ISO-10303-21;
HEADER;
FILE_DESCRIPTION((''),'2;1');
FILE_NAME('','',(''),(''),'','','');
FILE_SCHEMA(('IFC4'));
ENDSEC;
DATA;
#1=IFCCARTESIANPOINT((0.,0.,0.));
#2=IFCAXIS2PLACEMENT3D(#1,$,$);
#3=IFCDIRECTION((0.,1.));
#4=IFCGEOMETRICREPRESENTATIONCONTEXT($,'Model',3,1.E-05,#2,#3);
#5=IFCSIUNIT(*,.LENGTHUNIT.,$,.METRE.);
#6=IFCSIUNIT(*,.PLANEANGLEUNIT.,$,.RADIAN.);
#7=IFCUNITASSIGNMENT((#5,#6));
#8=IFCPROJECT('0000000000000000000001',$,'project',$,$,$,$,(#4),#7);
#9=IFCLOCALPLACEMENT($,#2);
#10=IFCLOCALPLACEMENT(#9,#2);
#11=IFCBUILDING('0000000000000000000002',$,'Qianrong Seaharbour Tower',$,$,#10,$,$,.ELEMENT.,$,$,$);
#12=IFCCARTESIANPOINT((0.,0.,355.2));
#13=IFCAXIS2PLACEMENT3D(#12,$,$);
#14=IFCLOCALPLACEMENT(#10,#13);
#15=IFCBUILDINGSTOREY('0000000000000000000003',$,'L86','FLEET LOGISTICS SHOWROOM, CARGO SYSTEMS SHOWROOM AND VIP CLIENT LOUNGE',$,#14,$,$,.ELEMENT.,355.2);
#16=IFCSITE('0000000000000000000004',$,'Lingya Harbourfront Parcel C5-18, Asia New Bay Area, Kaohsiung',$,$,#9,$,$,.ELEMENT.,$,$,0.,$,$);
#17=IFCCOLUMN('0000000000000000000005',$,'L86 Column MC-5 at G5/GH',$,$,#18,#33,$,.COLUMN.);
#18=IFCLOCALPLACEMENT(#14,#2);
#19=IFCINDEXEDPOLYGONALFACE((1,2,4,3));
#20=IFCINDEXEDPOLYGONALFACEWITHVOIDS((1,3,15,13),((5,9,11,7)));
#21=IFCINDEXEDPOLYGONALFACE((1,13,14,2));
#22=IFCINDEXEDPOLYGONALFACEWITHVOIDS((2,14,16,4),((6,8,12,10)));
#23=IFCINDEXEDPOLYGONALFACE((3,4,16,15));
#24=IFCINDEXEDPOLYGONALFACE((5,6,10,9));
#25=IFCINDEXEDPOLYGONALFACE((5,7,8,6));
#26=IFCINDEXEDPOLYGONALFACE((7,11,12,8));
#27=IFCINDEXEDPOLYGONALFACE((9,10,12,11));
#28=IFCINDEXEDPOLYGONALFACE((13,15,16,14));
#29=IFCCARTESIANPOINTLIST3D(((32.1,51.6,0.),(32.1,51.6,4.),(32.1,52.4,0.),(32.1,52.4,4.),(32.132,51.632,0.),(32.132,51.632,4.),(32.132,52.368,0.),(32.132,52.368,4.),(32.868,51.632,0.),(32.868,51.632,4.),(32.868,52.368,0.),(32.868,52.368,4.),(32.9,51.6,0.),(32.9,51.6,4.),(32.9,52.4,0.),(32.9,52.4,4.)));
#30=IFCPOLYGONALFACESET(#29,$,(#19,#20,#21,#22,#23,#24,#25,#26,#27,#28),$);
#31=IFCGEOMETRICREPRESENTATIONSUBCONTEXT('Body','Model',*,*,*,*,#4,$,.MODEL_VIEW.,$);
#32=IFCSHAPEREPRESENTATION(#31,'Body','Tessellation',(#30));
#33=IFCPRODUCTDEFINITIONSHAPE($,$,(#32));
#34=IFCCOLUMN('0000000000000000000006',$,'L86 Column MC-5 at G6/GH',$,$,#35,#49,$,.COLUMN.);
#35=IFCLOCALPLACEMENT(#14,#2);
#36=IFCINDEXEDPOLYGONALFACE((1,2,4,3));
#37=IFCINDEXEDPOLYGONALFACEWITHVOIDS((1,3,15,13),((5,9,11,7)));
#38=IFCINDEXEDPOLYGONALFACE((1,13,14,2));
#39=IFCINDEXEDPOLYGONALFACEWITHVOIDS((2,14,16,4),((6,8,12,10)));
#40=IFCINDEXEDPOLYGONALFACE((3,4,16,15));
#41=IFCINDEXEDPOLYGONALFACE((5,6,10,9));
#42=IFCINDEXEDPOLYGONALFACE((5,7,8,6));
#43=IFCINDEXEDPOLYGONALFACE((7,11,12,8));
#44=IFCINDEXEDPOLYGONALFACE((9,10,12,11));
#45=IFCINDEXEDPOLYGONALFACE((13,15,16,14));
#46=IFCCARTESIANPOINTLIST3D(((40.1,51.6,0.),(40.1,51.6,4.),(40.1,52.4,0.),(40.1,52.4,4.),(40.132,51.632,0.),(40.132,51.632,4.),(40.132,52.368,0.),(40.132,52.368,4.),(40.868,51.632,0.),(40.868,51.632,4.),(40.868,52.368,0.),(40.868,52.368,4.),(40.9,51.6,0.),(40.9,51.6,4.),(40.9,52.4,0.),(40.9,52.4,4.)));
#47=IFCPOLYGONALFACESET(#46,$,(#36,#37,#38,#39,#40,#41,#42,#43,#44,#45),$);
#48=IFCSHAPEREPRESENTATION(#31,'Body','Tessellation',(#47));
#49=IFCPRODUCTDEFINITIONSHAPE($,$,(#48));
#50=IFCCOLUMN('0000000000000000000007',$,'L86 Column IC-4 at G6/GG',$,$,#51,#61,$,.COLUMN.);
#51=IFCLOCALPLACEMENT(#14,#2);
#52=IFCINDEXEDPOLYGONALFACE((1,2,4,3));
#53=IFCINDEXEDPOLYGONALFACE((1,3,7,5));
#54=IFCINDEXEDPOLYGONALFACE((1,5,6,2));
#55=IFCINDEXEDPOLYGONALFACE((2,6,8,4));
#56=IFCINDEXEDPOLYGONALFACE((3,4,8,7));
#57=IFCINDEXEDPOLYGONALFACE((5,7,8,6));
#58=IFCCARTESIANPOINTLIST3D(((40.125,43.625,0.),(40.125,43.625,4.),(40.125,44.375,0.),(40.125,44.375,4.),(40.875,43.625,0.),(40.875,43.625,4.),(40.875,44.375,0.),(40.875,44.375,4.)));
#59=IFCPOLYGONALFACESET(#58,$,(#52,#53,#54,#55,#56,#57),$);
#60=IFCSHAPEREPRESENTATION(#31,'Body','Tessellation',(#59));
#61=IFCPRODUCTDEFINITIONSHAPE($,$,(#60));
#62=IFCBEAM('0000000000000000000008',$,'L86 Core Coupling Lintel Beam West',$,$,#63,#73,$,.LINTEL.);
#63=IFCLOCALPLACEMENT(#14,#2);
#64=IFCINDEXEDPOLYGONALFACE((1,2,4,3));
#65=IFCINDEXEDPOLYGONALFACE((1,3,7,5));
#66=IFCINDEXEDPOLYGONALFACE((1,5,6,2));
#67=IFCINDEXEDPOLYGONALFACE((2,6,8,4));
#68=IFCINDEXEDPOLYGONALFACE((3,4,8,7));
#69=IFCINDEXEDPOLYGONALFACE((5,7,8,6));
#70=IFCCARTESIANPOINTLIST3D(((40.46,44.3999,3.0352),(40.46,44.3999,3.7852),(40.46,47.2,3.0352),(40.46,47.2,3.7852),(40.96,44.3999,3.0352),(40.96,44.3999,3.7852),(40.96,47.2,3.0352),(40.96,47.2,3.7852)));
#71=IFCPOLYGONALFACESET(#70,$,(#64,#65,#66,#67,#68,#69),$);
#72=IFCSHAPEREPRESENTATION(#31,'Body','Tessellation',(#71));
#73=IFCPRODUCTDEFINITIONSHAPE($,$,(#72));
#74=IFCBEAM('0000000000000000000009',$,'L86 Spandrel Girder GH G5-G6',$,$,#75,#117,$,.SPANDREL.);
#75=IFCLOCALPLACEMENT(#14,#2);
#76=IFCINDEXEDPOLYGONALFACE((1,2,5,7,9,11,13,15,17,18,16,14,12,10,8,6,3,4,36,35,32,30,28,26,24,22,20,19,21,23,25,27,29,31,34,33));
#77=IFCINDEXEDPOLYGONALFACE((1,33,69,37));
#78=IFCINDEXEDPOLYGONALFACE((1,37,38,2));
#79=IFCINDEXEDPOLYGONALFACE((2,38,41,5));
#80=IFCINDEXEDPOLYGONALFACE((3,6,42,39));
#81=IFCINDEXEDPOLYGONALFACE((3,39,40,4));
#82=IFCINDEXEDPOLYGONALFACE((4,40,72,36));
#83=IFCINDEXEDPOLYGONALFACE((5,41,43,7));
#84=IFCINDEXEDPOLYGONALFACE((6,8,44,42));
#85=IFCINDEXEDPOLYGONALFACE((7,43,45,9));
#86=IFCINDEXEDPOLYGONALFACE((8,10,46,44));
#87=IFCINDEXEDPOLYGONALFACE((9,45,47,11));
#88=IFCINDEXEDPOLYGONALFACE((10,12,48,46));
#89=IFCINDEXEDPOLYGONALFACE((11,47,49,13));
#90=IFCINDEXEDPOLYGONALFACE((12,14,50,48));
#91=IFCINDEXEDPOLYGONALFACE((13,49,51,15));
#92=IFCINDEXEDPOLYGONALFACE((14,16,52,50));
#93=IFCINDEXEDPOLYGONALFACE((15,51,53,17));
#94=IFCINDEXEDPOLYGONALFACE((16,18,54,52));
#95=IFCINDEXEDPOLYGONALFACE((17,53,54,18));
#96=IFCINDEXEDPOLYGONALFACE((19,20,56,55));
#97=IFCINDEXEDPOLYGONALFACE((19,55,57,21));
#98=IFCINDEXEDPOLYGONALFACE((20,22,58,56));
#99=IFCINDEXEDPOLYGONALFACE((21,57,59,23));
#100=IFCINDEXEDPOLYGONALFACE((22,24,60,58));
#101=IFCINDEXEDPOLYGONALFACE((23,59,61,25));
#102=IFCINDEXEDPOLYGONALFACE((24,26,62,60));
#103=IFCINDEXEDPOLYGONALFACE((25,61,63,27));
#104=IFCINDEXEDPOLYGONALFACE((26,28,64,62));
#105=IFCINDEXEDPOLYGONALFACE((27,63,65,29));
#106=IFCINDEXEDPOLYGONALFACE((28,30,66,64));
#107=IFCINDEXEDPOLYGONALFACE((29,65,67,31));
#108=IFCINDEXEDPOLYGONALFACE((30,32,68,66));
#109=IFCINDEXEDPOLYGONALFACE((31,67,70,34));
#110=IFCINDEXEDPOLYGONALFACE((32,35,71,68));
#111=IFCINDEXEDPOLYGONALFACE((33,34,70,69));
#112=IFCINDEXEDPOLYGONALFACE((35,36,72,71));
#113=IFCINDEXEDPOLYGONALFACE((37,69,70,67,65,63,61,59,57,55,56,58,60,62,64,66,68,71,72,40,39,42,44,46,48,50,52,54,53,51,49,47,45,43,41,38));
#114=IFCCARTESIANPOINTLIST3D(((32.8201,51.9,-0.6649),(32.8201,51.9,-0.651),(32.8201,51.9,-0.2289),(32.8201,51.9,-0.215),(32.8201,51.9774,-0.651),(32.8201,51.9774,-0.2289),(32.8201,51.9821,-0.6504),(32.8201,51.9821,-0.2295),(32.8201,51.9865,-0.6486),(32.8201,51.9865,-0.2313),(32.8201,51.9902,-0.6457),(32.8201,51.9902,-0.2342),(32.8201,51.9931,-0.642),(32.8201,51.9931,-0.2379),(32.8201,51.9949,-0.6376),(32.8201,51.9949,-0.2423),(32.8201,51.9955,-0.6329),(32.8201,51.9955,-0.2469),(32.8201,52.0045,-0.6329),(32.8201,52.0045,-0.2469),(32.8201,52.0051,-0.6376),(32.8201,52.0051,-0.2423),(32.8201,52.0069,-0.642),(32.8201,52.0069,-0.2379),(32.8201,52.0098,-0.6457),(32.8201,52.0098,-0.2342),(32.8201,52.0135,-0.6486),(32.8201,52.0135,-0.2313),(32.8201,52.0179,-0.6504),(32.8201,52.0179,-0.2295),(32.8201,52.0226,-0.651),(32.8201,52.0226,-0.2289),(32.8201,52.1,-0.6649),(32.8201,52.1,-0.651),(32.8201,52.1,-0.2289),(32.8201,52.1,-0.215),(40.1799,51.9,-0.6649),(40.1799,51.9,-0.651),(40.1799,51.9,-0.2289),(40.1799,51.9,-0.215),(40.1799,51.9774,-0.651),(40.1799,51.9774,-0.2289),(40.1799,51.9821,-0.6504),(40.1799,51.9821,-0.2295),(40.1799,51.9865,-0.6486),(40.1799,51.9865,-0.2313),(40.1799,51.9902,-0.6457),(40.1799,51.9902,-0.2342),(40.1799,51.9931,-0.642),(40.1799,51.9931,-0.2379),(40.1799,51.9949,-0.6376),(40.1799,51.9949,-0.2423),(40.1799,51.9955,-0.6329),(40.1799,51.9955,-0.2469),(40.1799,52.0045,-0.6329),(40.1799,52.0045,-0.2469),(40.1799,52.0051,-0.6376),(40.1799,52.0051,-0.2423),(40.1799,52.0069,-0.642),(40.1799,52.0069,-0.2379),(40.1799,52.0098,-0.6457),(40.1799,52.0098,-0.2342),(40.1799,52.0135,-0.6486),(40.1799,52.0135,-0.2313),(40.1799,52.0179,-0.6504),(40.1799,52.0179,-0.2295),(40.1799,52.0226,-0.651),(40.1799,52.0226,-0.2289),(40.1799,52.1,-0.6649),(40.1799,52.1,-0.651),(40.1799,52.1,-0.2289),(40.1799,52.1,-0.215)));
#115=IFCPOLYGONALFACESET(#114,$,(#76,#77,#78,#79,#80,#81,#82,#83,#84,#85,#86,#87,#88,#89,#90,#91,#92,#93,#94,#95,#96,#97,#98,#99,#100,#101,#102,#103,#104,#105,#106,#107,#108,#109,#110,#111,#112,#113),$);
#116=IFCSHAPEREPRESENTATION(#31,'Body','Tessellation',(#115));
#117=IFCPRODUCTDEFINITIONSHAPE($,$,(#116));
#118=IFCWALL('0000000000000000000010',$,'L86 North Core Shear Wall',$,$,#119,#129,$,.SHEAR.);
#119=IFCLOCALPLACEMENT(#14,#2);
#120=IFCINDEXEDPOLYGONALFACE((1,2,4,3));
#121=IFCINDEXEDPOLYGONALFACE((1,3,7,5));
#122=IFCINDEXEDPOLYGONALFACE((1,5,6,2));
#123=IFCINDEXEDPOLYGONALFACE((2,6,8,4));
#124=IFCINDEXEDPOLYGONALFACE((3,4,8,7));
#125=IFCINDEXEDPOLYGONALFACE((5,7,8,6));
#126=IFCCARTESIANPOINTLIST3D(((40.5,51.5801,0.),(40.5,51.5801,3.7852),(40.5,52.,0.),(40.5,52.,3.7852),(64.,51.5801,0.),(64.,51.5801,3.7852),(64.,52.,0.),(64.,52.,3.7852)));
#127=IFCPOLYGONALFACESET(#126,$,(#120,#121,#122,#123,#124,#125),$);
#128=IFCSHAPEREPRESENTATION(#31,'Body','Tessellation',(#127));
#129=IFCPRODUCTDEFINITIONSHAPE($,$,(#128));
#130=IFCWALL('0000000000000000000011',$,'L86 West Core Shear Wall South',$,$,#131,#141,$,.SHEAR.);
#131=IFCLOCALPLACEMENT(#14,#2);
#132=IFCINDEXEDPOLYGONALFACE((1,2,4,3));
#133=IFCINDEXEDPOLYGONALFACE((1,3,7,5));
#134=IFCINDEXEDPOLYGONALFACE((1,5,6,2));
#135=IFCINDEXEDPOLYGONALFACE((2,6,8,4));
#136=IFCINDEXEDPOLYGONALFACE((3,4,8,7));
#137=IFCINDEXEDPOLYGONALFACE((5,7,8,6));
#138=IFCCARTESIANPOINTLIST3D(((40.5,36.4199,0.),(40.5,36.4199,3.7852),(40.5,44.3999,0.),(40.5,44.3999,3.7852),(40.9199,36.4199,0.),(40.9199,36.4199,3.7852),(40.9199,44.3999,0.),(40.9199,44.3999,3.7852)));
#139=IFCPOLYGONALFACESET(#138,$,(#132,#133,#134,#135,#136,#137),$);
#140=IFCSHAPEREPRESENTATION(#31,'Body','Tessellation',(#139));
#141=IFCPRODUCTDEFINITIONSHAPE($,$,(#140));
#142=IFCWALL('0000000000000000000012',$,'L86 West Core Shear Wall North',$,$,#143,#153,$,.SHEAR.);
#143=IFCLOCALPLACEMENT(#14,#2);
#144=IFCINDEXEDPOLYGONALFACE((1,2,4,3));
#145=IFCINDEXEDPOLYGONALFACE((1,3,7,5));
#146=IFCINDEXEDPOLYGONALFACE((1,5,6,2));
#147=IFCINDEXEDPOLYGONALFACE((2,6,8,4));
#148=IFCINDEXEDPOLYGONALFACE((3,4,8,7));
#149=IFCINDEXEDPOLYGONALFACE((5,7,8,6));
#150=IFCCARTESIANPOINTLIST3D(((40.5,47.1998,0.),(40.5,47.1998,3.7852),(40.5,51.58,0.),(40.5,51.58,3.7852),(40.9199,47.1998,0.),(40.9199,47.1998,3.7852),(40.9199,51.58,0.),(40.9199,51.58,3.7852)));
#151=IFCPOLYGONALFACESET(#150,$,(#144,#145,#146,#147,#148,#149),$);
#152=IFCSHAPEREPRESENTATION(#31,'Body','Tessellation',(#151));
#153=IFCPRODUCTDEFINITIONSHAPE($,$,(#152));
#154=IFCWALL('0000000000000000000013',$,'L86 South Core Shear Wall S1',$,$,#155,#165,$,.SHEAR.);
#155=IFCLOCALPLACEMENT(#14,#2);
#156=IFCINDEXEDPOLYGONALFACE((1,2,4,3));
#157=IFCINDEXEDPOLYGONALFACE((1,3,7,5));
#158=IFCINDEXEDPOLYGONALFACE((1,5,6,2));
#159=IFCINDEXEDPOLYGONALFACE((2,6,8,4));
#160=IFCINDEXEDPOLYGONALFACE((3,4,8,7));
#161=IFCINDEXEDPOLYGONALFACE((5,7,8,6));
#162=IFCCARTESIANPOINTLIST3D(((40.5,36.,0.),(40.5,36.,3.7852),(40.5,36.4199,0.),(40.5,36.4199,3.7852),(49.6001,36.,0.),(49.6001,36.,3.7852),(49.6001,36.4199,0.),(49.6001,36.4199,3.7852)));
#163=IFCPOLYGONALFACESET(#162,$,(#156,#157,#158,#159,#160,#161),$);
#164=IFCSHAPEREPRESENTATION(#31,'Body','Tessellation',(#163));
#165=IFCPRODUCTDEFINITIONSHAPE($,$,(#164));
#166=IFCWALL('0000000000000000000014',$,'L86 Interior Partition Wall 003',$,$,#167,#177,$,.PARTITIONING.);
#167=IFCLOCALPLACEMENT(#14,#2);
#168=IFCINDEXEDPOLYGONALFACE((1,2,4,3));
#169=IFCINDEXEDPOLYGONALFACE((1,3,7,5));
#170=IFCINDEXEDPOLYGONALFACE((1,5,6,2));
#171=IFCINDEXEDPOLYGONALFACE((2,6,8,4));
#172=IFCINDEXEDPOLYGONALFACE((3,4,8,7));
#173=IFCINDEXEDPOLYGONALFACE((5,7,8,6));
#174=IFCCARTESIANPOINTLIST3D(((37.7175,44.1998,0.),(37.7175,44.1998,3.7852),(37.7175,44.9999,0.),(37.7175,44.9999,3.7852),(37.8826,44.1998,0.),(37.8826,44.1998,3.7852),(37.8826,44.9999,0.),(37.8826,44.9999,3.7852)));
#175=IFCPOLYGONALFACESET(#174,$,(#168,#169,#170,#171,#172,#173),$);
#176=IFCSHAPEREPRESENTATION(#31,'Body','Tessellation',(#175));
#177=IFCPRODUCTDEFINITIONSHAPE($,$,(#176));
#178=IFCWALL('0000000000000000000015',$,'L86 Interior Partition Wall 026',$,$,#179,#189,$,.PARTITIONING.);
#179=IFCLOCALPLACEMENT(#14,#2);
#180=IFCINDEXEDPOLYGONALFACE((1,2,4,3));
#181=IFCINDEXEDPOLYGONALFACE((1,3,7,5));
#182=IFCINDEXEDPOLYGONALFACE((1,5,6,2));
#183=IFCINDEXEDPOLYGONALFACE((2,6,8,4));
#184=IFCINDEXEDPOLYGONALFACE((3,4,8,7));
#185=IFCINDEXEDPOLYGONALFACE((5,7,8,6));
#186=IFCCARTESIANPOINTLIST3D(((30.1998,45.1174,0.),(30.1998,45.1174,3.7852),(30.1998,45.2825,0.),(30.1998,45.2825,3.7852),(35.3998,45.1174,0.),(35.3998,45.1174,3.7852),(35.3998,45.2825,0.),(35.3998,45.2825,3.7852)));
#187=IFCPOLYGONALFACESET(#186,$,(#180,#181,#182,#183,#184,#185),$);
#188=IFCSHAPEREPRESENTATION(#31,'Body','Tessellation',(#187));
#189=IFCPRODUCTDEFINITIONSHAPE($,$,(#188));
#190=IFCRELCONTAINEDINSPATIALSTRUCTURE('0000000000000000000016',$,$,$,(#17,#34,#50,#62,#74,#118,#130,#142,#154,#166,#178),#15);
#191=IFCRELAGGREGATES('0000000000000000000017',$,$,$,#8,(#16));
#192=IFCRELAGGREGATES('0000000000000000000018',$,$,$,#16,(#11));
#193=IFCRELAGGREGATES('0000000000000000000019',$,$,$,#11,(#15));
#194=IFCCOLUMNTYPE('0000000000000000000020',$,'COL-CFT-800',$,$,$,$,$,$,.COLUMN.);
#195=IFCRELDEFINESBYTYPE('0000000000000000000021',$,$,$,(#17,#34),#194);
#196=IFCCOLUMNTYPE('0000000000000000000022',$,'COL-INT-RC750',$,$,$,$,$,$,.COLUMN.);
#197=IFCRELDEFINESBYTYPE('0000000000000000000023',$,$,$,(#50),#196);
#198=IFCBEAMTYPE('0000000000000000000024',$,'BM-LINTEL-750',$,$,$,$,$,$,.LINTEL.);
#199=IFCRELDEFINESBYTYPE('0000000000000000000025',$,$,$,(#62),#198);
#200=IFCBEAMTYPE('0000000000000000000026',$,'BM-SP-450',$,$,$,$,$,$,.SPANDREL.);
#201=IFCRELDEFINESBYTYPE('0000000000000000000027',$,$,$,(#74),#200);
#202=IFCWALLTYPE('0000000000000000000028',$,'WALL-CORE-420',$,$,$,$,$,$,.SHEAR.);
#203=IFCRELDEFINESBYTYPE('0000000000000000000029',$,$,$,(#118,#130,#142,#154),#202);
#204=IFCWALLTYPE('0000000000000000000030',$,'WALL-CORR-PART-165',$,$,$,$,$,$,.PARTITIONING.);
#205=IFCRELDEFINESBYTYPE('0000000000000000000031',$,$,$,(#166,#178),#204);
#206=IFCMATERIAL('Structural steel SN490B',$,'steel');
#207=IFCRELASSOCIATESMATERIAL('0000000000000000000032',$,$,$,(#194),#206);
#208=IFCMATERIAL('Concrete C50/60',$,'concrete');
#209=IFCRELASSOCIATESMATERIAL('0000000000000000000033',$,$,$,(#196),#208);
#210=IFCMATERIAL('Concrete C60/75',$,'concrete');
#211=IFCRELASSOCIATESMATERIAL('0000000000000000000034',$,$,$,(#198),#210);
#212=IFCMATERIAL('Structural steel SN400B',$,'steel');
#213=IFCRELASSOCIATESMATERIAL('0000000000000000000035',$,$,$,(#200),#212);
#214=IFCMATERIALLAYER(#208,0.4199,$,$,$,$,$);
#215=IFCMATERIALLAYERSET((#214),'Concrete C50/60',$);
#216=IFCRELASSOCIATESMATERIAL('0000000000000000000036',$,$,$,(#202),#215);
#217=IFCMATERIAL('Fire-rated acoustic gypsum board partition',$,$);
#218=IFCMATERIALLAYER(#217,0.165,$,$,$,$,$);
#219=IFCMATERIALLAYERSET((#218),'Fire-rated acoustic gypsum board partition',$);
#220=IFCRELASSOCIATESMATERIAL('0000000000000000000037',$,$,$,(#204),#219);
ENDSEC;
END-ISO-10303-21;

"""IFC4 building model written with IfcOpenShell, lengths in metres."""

from ifc_helpers import new_model, si_unit, direction, frame, frame_2d, origin, origin_2d, place, context, subcontext, project, spatial, rectangle, hollow_rectangle, i_section, extrude, material, layer, layer_set, material_profile, profile_set, type_object, element, save


model = new_model("IFC4")

# Units and contexts
model_context = context("Model", 3, precision=1e-05, world=origin(), true_north=direction((0.0, 1.0)))
body_context = subcontext(model_context, "Body", "Model", "MODEL_VIEW")
ifc_project = project(units=[si_unit("LENGTHUNIT", "METRE"), si_unit("PLANEANGLEUNIT", "RADIAN")], contexts=[model_context])

# Site, building, storey
site_placement = place(None, origin())
site = spatial("IfcSite", under=ifc_project, at=site_placement, Name="Lingya Harbourfront Parcel C5-18, Asia New Bay Area, Kaohsiung", CompositionType="ELEMENT", RefElevation=0.0)
building_placement = place(site_placement, origin())
building = spatial("IfcBuilding", under=site, at=building_placement, Name="Qianrong Seaharbour Tower", CompositionType="ELEMENT")
storey_placement = place(building_placement, frame((0.0, 0.0, 355.2)))
storey = spatial("IfcBuildingStorey", under=building, at=storey_placement, Name="L86", Description="FLEET LOGISTICS SHOWROOM, CARGO SYSTEMS SHOWROOM AND VIP CLIENT LOUNGE", CompositionType="ELEMENT", Elevation=355.2)

# Columns
ifc_material_1 = material(Name="Structural steel SN490B", Category="steel")
ifc_material_profile_1 = material_profile(ifc_material_1, hollow_rectangle(XDim=0.8, YDim=0.8, WallThickness=0.032, at=origin_2d()), Name="BOX800x800x32")
ifc_profile_set_1 = profile_set([ifc_material_profile_1], Name="Structural steel SN490B")
column_type_1 = type_object("IfcColumnType", Name="COL-CFT-800", PredefinedType="COLUMN", material=ifc_profile_set_1)
for number, where, z_axis, x_axis, name in (
    (1, (32.5, 52.0, 0.0), (0.0, 0.0, 1.0), (1.0, 0.0, 0.0), "L86 Column MC-5 at G5/GH"),
    (2, (40.5, 52.0, 0.0), (0.0, 0.0, 1.0), (1.0, 0.0, 0.0), "L86 Column MC-5 at G6/GH"),
):
    element("IfcColumn", number, at=place(storey_placement, frame(where, z_axis=z_axis, x_axis=x_axis)), inside=storey, type_object=column_type_1, Name=name, PredefinedType="COLUMN", context=body_context, shape_type="SweptSolid", body=[
        extrude(hollow_rectangle(XDim=0.8, YDim=0.8, WallThickness=0.032, at=origin_2d()), origin(), (0.0, 0.0, 1.0), 4.0),
    ])
ifc_material_2 = material(Name="Concrete C50/60", Category="concrete")
ifc_material_profile_2 = material_profile(ifc_material_2, rectangle(XDim=0.75, YDim=0.75, at=origin_2d()), Name="RC750x750")
ifc_profile_set_2 = profile_set([ifc_material_profile_2], Name="Concrete C50/60")
column_type_2 = type_object("IfcColumnType", Name="COL-INT-RC750", PredefinedType="COLUMN", material=ifc_profile_set_2)
column_placement = place(storey_placement, frame((40.5, 44.0, 0.0), z_axis=(0.0, 0.0, 1.0), x_axis=(1.0, 0.0, 0.0)))
element("IfcColumn", 3, at=column_placement, inside=storey, type_object=column_type_2, Name="L86 Column IC-4 at G6/GG", PredefinedType="COLUMN", context=body_context, shape_type="SweptSolid", body=[
    extrude(rectangle(XDim=0.75, YDim=0.75, at=origin_2d()), origin(), (0.0, 0.0, 1.0), 4.0),
])

# Beams
ifc_material_3 = material(Name="Concrete C60/75", Category="concrete")
ifc_material_profile_3 = material_profile(ifc_material_3, rectangle(XDim=0.5, YDim=0.75, at=origin_2d()), Name="RC500x750")
ifc_profile_set_3 = profile_set([ifc_material_profile_3], Name="Concrete C60/75")
beam_type_1 = type_object("IfcBeamType", Name="BM-LINTEL-750", PredefinedType="LINTEL", material=ifc_profile_set_3)
beam_1_placement = place(storey_placement, frame((40.71, 44.3999, 3.4102), z_axis=(0.0, 1.0, 0.0), x_axis=(-1.0, 0.0, 0.0)))
element("IfcBeam", 4, at=beam_1_placement, inside=storey, type_object=beam_type_1, Name="L86 Core Coupling Lintel Beam West", PredefinedType="LINTEL", context=body_context, shape_type="SweptSolid", body=[
    extrude(rectangle(XDim=0.5, YDim=0.75, at=origin_2d()), origin(), (0.0, 0.0, 1.0), 2.8),
])
ifc_material_4 = material(Name="Structural steel SN400B", Category="steel")
ifc_material_profile_4 = material_profile(ifc_material_4, i_section(OverallWidth=0.2, OverallDepth=0.45, WebThickness=0.009, FlangeThickness=0.0139, FilletRadius=0.0181, at=origin_2d()), Name="H450x200x9x14")
ifc_profile_set_4 = profile_set([ifc_material_profile_4], Name="Structural steel SN400B")
beam_type_2 = type_object("IfcBeamType", Name="BM-SP-450", PredefinedType="SPANDREL", material=ifc_profile_set_4)
beam_2_placement = place(storey_placement, frame((32.8201, 52.0, -0.4399), z_axis=(1.0, 0.0, 0.0), x_axis=(0.0, 1.0, 0.0)))
element("IfcBeam", 5, at=beam_2_placement, inside=storey, type_object=beam_type_2, Name="L86 Spandrel Girder GH G5-G6", PredefinedType="SPANDREL", context=body_context, shape_type="SweptSolid", body=[
    extrude(i_section(OverallWidth=0.2, OverallDepth=0.45, WebThickness=0.009, FlangeThickness=0.0139, FilletRadius=0.0181, at=origin_2d()), origin(), (0.0, 0.0, 1.0), 7.3599),
])

# Walls
ifc_layer_1 = layer(ifc_material_2, 0.4199)
ifc_layer_set_1 = layer_set([ifc_layer_1], Name="Concrete C50/60")
wall_type_1 = type_object("IfcWallType", Name="WALL-CORE-420", PredefinedType="SHEAR", material=ifc_layer_set_1)
wall_1_placement = place(storey_placement, frame((40.5, 51.79, 0.0), z_axis=(0.0, 0.0, 1.0), x_axis=(1.0, 0.0, 0.0)))
element("IfcWall", 6, at=wall_1_placement, inside=storey, type_object=wall_type_1, Name="L86 North Core Shear Wall", PredefinedType="SHEAR", context=body_context, shape_type="SweptSolid", body=[
    extrude(rectangle(XDim=23.5, YDim=0.4199, at=frame_2d((11.75, 0.0))), origin(), (0.0, 0.0, 1.0), 3.7852),
])
wall_2_placement = place(storey_placement, frame((40.71, 36.4199, 0.0), z_axis=(0.0, 0.0, 1.0), x_axis=(0.0, 1.0, 0.0)))
element("IfcWall", 7, at=wall_2_placement, inside=storey, type_object=wall_type_1, Name="L86 West Core Shear Wall South", PredefinedType="SHEAR", context=body_context, shape_type="SweptSolid", body=[
    extrude(rectangle(XDim=7.98, YDim=0.4199, at=frame_2d((3.99, 0.0))), origin(), (0.0, 0.0, 1.0), 3.7852),
])
wall_3_placement = place(storey_placement, frame((40.71, 47.2, 0.0), z_axis=(0.0, 0.0, 1.0), x_axis=(0.0, 1.0, 0.0)))
element("IfcWall", 8, at=wall_3_placement, inside=storey, type_object=wall_type_1, Name="L86 West Core Shear Wall North", PredefinedType="SHEAR", context=body_context, shape_type="SweptSolid", body=[
    extrude(rectangle(XDim=4.3801, YDim=0.4199, at=frame_2d((2.1899, 0.0))), origin(), (0.0, 0.0, 1.0), 3.7852),
])
wall_4_placement = place(storey_placement, frame((40.5, 36.21, 0.0), z_axis=(0.0, 0.0, 1.0), x_axis=(1.0, 0.0, 0.0)))
element("IfcWall", 9, at=wall_4_placement, inside=storey, type_object=wall_type_1, Name="L86 South Core Shear Wall S1", PredefinedType="SHEAR", context=body_context, shape_type="SweptSolid", body=[
    extrude(rectangle(XDim=9.1001, YDim=0.4199, at=frame_2d((4.55, 0.0))), origin(), (0.0, 0.0, 1.0), 3.7852),
])

# Shared definitions
ifc_material_5 = material(Name="Fire-rated acoustic gypsum board partition")
ifc_layer_2 = layer(ifc_material_5, 0.165)
ifc_layer_set_2 = layer_set([ifc_layer_2], Name="Fire-rated acoustic gypsum board partition")
wall_type_2 = type_object("IfcWallType", Name="WALL-CORR-PART-165", PredefinedType="PARTITIONING", material=ifc_layer_set_2)

# Walls
wall_5_placement = place(storey_placement, frame((37.8, 44.2, 0.0), z_axis=(0.0, 0.0, 1.0), x_axis=(0.0, 1.0, 0.0)))
element("IfcWall", 10, at=wall_5_placement, inside=storey, type_object=wall_type_2, Name="L86 Interior Partition Wall 003", PredefinedType="PARTITIONING", context=body_context, shape_type="SweptSolid", body=[
    extrude(rectangle(XDim=0.8, YDim=0.165, at=frame_2d((0.3999, 0.0))), origin(), (0.0, 0.0, 1.0), 3.7852),
])
wall_6_placement = place(storey_placement, frame((35.3999, 45.2, 0.0), z_axis=(0.0, 0.0, 1.0), x_axis=(-1.0, 0.0, 0.0)))
element("IfcWall", 11, at=wall_6_placement, inside=storey, type_object=wall_type_2, Name="L86 Interior Partition Wall 026", PredefinedType="PARTITIONING", context=body_context, shape_type="SweptSolid", body=[
    extrude(rectangle(XDim=5.2, YDim=0.165, at=frame_2d((2.6001, 0.0))), origin(), (0.0, 0.0, 1.0), 3.7852),
])

save(model, "model.ifc")
